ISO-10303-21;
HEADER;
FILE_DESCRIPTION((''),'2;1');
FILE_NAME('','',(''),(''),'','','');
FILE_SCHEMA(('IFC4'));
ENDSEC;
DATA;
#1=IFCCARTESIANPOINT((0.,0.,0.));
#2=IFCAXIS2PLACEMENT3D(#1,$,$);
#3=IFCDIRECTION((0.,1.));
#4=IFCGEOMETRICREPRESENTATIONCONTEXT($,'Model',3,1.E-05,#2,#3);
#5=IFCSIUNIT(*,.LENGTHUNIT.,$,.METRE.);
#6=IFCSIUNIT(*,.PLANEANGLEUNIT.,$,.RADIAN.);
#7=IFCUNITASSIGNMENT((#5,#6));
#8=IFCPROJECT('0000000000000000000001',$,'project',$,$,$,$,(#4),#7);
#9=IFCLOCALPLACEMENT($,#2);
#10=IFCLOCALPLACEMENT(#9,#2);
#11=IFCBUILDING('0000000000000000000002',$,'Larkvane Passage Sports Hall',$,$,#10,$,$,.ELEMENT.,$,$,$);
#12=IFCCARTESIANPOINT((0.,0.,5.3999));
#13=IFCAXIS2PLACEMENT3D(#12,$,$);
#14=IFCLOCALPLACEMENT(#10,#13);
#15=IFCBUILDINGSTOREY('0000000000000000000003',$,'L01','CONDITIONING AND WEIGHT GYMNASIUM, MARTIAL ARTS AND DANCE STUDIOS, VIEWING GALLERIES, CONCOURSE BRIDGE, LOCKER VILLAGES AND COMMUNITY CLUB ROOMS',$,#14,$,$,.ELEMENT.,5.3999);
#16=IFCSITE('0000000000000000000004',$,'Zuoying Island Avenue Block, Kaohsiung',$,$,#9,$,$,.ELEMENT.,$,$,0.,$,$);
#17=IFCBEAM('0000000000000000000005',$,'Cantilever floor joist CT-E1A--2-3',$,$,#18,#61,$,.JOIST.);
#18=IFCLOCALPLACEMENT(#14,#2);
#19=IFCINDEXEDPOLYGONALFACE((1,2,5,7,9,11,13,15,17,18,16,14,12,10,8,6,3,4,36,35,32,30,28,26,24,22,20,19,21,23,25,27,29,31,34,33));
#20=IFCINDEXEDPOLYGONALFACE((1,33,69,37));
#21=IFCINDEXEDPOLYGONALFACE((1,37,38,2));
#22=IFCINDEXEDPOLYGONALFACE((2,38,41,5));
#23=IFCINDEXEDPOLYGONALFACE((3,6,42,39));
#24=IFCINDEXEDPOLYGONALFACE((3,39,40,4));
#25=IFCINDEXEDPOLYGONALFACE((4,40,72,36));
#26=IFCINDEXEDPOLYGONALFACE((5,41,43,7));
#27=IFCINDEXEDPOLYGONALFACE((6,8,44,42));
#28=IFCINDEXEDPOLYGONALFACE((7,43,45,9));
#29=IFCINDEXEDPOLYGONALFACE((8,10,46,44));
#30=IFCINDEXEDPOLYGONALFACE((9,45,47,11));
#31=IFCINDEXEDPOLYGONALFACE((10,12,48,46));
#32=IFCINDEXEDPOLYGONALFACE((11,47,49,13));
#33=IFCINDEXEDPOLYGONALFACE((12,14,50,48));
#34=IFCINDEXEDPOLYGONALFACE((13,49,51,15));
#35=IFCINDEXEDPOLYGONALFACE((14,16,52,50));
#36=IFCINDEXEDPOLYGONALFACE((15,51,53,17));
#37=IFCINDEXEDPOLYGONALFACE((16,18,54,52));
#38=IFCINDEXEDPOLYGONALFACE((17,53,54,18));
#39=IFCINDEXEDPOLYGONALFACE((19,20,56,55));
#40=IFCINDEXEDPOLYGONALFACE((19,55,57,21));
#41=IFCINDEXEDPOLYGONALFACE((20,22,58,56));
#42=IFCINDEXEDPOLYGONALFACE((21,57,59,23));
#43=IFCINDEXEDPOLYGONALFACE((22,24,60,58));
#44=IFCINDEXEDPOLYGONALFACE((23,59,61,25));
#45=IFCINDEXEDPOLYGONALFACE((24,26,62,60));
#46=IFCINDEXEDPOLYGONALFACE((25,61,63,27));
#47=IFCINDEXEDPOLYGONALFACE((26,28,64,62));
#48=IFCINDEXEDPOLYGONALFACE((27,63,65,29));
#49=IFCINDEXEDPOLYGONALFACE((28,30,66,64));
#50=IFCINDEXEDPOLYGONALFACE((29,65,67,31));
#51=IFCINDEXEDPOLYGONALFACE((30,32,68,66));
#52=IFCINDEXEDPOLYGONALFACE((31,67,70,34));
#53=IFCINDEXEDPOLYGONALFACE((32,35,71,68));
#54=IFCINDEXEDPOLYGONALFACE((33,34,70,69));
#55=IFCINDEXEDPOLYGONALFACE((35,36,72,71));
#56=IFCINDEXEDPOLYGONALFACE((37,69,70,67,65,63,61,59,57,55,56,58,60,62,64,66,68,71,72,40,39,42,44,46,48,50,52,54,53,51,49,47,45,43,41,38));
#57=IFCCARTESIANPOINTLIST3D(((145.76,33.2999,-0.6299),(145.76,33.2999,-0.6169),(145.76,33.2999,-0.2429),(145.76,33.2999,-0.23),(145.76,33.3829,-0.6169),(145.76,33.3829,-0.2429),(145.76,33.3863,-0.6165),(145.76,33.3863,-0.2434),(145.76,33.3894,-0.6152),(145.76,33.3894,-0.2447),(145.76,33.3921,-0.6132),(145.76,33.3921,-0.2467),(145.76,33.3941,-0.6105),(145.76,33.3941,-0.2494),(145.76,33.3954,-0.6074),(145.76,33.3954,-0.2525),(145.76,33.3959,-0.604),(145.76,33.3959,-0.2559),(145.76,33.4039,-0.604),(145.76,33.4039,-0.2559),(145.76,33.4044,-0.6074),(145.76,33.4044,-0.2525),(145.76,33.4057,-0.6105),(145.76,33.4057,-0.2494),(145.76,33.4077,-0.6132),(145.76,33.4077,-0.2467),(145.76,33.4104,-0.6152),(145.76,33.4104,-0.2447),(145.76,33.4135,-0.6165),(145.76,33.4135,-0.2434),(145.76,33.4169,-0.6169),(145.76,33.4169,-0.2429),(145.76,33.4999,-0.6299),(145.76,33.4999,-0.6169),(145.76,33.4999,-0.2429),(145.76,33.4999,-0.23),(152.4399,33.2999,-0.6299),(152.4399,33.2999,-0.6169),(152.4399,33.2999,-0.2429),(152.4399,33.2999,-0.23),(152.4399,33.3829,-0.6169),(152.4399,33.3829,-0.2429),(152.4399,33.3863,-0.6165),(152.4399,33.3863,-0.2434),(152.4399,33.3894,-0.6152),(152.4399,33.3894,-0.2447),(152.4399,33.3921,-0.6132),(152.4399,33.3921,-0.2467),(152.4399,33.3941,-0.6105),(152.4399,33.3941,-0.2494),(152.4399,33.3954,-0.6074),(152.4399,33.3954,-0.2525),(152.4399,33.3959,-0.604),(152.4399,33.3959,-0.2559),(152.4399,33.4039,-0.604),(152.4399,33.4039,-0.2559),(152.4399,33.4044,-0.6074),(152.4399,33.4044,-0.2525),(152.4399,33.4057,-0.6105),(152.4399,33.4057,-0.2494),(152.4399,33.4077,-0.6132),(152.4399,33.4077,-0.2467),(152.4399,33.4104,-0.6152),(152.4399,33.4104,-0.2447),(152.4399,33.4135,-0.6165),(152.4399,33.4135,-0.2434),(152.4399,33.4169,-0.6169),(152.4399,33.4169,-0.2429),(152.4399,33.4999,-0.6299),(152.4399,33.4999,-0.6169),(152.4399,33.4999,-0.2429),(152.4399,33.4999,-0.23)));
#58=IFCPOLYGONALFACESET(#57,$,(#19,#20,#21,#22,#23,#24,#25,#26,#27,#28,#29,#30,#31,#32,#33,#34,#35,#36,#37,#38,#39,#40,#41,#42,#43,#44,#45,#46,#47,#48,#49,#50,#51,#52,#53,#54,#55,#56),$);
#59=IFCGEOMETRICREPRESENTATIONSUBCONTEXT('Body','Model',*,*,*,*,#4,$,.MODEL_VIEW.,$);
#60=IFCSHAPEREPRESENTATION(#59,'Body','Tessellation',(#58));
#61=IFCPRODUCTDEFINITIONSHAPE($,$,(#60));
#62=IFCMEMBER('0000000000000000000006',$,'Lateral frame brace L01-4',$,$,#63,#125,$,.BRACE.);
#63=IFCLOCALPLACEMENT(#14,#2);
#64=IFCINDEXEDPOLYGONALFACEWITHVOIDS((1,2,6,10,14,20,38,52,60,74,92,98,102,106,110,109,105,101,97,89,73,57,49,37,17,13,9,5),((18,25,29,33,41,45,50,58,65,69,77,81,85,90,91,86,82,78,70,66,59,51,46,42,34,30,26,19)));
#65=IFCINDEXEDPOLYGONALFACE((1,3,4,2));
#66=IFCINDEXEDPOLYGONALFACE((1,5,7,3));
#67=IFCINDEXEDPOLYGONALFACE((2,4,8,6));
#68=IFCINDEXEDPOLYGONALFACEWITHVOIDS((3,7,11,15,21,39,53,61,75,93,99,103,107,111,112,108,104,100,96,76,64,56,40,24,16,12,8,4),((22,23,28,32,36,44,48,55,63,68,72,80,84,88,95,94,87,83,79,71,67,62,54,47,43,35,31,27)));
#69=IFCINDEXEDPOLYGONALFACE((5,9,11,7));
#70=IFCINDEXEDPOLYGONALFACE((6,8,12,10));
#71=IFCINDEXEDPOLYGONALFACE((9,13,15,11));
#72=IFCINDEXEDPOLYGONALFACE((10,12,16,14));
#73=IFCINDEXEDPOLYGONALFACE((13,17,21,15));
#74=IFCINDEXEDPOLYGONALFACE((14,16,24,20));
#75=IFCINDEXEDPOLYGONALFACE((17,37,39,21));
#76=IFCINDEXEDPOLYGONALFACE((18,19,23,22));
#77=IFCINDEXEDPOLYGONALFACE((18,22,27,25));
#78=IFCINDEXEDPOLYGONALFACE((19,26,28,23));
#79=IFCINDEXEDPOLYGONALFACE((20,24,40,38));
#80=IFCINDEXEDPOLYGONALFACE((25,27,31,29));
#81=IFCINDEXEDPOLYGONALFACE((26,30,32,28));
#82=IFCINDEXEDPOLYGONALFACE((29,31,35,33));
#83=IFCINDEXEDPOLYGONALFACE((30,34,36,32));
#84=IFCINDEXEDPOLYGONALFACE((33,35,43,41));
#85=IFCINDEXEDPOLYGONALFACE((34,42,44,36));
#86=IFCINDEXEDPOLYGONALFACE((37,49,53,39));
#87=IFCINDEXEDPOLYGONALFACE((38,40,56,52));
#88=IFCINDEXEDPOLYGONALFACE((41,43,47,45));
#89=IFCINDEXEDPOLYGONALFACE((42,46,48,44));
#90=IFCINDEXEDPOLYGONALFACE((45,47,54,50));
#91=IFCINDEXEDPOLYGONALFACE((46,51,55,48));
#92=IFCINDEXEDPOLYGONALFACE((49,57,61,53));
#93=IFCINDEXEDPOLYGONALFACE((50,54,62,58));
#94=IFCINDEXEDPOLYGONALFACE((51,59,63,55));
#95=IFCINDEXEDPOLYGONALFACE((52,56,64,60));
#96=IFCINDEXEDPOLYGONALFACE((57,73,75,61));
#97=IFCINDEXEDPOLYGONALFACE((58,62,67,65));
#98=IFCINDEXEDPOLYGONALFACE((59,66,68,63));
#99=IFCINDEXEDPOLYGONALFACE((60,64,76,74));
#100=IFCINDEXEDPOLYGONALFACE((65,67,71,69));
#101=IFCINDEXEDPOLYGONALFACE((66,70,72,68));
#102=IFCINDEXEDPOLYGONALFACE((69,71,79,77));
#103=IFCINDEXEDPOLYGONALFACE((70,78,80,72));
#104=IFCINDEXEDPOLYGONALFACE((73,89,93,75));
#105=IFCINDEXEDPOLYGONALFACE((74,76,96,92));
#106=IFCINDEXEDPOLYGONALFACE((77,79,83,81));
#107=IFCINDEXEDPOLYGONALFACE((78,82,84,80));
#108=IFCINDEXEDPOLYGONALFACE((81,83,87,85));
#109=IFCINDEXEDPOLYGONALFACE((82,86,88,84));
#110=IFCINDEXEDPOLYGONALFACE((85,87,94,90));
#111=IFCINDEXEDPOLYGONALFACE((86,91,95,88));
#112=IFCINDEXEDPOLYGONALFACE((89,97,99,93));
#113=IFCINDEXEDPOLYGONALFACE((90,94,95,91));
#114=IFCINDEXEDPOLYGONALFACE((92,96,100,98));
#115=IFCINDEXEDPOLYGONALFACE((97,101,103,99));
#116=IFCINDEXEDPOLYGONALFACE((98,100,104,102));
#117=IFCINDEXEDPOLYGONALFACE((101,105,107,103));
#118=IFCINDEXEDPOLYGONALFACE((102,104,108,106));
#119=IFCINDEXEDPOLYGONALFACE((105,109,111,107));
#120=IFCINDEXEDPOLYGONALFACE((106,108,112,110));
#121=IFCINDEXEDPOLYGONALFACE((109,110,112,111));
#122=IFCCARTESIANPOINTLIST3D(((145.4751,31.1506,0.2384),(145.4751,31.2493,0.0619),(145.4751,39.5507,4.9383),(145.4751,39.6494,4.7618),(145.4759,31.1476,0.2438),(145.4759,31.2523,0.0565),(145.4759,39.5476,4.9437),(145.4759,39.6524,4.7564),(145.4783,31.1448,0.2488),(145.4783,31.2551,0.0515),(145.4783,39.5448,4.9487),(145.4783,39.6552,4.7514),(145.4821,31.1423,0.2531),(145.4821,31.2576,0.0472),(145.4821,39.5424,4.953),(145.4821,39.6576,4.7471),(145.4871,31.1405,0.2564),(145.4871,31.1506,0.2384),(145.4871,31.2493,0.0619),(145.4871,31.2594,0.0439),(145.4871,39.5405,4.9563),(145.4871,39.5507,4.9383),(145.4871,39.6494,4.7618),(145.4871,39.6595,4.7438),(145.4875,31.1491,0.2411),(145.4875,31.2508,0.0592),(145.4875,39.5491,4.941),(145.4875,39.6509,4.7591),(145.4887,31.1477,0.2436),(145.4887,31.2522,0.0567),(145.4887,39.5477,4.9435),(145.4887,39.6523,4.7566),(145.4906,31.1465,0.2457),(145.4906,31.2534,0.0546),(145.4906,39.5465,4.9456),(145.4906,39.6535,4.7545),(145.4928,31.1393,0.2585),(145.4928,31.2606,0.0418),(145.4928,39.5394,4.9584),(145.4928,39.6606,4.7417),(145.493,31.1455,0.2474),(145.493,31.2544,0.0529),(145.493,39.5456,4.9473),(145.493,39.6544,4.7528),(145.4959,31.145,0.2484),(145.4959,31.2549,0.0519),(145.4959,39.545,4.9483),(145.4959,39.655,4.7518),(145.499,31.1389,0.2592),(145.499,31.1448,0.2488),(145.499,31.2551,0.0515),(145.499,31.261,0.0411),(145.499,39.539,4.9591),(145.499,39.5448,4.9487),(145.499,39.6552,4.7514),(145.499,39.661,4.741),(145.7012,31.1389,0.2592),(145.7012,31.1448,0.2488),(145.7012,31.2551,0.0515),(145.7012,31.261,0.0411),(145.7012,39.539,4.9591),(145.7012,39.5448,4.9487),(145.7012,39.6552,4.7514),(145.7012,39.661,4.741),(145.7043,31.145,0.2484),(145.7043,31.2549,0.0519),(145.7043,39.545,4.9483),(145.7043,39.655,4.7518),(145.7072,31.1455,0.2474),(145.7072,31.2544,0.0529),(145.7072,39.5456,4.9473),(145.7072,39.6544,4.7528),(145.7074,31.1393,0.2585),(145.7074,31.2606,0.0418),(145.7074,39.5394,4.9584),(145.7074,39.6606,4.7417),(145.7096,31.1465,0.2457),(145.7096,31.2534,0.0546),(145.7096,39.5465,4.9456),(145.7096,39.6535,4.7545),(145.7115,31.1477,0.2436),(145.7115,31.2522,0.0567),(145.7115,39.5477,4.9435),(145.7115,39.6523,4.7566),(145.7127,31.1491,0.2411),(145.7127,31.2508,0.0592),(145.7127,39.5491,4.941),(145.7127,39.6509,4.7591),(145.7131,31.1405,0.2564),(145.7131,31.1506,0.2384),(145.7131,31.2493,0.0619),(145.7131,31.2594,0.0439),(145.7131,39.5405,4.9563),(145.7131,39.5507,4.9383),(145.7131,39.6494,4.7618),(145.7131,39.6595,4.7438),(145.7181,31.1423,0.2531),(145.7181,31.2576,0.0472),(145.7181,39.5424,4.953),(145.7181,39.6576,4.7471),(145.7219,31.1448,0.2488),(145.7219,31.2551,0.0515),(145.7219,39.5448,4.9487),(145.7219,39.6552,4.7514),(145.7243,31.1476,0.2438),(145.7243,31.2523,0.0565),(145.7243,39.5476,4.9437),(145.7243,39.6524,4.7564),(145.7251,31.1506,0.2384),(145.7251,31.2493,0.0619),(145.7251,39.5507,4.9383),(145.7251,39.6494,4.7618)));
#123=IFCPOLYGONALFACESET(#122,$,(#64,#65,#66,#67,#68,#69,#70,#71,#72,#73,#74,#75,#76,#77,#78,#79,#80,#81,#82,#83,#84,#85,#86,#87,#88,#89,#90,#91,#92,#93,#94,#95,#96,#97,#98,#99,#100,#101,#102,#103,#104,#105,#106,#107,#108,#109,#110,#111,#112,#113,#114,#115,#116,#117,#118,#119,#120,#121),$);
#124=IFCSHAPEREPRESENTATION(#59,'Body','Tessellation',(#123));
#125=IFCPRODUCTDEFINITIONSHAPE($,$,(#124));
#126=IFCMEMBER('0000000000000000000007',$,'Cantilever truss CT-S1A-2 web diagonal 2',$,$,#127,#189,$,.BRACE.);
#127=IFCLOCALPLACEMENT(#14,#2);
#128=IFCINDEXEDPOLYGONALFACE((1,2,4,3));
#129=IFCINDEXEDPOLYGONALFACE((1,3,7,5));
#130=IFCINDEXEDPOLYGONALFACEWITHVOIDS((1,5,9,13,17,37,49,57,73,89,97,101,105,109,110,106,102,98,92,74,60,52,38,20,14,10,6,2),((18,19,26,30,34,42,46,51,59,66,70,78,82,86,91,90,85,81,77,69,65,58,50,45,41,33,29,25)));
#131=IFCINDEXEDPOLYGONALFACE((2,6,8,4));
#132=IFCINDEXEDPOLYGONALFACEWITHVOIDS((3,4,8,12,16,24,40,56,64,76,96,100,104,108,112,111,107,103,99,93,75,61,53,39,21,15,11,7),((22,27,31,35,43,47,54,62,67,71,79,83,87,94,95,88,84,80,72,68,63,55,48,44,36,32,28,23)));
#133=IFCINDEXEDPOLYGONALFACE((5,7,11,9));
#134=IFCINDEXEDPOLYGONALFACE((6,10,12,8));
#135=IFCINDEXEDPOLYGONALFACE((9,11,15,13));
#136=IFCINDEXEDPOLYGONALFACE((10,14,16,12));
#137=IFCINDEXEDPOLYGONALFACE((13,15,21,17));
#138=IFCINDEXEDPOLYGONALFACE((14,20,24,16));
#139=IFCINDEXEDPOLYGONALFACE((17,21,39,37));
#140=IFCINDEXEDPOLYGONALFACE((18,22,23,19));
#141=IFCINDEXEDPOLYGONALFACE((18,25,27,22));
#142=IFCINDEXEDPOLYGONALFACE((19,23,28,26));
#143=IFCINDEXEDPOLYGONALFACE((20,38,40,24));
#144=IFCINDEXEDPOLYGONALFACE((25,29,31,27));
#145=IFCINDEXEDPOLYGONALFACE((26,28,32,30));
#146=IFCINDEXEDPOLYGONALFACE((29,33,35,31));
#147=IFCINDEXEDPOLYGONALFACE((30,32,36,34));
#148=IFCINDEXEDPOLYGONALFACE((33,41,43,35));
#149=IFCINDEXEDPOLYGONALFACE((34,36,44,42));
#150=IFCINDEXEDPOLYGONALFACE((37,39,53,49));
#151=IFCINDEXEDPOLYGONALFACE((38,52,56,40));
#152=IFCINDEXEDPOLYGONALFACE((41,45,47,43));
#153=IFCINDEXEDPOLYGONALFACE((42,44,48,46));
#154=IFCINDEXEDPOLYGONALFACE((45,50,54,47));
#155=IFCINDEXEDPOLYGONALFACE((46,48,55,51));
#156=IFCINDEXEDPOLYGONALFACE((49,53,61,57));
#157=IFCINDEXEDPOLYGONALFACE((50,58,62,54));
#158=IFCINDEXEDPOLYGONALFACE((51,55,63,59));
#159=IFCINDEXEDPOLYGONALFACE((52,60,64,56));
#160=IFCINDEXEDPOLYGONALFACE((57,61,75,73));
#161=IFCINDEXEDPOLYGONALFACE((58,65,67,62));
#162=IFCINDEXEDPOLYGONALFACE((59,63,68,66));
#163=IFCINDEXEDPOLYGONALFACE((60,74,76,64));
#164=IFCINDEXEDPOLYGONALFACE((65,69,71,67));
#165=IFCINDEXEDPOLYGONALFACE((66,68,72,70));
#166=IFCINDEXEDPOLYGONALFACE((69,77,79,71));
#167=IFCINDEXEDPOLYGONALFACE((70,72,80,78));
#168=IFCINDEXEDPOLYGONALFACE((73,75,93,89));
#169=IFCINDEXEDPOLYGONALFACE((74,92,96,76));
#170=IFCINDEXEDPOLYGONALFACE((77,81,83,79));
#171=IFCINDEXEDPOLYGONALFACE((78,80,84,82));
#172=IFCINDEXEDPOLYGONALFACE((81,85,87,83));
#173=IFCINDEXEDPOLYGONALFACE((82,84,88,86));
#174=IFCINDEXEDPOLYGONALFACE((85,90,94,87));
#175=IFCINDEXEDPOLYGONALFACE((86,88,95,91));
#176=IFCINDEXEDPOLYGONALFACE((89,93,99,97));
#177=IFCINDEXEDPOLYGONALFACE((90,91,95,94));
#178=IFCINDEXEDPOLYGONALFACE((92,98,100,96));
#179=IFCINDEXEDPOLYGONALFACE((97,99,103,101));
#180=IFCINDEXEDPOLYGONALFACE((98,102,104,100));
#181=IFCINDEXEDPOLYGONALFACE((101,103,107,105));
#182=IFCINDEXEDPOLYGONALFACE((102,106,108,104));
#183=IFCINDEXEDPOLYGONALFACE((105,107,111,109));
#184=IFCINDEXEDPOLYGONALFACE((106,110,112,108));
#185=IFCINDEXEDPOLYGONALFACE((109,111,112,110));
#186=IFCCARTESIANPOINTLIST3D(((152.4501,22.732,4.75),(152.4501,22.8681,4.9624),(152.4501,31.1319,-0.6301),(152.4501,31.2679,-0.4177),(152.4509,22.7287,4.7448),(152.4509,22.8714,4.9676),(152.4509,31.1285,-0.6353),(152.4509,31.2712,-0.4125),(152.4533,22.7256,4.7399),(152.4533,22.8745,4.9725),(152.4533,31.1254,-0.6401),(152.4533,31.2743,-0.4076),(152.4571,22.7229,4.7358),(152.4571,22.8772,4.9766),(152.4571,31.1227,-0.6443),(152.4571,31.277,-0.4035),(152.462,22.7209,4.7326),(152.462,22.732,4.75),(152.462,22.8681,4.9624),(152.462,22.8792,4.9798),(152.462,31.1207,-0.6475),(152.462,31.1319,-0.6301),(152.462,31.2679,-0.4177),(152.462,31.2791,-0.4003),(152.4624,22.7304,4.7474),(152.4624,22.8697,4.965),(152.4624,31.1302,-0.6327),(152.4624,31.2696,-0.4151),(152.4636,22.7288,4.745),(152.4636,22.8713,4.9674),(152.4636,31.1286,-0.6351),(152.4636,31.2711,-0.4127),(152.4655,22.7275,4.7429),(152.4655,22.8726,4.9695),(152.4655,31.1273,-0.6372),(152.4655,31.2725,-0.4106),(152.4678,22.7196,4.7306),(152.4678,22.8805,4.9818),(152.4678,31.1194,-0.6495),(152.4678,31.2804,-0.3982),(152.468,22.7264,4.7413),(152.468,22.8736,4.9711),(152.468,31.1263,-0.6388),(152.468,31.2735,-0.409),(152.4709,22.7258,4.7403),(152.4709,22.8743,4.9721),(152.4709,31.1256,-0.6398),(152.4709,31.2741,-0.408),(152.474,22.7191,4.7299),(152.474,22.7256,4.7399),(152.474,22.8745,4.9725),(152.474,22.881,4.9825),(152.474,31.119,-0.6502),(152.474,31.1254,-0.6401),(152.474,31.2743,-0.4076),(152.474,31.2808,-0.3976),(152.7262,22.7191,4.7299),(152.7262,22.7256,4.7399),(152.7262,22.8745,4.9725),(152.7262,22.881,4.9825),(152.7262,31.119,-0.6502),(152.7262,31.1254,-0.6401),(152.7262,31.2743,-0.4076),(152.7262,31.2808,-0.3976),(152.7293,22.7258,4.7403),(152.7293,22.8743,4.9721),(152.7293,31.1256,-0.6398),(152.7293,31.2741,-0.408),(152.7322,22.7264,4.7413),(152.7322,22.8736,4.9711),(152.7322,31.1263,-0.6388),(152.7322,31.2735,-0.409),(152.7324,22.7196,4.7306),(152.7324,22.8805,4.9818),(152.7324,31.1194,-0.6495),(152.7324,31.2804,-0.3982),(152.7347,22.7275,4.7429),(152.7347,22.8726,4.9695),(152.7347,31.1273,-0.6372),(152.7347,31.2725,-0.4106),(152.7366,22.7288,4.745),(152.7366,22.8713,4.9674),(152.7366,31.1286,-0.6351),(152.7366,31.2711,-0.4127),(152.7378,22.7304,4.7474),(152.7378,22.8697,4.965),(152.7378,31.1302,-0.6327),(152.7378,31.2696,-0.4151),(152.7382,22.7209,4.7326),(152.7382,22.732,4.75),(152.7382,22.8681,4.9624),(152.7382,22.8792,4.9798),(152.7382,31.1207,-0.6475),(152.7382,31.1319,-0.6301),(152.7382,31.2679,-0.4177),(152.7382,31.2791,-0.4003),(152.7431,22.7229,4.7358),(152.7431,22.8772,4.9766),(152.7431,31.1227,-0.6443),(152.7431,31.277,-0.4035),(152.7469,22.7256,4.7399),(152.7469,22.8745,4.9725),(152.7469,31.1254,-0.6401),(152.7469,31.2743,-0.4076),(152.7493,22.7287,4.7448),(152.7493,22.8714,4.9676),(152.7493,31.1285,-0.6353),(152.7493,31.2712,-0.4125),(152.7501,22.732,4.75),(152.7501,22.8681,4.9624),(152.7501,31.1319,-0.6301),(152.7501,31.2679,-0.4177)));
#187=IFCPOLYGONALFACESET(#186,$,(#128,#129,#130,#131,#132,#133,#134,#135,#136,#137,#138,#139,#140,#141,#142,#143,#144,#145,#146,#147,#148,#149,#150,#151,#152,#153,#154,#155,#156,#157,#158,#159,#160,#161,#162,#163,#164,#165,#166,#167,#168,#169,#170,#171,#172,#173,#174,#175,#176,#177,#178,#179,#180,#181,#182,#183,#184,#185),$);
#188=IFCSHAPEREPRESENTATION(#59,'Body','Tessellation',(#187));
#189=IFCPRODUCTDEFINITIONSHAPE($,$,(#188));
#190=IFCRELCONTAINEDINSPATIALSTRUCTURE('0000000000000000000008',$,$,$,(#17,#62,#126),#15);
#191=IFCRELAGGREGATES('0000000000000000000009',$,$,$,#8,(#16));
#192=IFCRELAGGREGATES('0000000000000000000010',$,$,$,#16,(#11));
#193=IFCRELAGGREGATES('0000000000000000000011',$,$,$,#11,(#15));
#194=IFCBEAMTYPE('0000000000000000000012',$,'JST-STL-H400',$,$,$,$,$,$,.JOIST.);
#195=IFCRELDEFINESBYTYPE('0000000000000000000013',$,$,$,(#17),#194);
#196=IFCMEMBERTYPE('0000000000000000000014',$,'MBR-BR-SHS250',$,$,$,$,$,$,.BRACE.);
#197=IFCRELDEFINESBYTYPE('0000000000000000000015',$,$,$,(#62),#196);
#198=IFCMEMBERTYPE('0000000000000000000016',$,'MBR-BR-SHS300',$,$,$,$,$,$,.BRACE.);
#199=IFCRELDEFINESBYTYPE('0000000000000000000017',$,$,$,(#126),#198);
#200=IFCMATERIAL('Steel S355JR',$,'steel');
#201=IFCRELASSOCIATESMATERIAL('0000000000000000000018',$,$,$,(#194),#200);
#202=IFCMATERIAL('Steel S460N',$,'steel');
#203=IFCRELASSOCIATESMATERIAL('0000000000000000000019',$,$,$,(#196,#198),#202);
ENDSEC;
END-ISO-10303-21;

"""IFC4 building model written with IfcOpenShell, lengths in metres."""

from ifc_helpers import new_model, si_unit, direction, frame, origin, origin_2d, place, context, subcontext, project, spatial, hollow_rectangle, i_section, extrude, material, material_profile, profile_set, type_object, element, save


model = new_model("IFC4")

# Units and contexts
model_context = context("Model", 3, precision=1e-05, world=origin(), true_north=direction((0.0, 1.0)))
body_context = subcontext(model_context, "Body", "Model", "MODEL_VIEW")
ifc_project = project(units=[si_unit("LENGTHUNIT", "METRE"), si_unit("PLANEANGLEUNIT", "RADIAN")], contexts=[model_context])

# Site, building, storey
site_placement = place(None, origin())
site = spatial("IfcSite", under=ifc_project, at=site_placement, Name="Zuoying Island Avenue Block, Kaohsiung", CompositionType="ELEMENT", RefElevation=0.0)
building_placement = place(site_placement, origin())
building = spatial("IfcBuilding", under=site, at=building_placement, Name="Larkvane Passage Sports Hall", CompositionType="ELEMENT")
storey_placement = place(building_placement, frame((0.0, 0.0, 5.3999)))
storey = spatial("IfcBuildingStorey", under=building, at=storey_placement, Name="L01", Description="CONDITIONING AND WEIGHT GYMNASIUM, MARTIAL ARTS AND DANCE STUDIOS, VIEWING GALLERIES, CONCOURSE BRIDGE, LOCKER VILLAGES AND COMMUNITY CLUB ROOMS", CompositionType="ELEMENT", Elevation=5.3999)

# Shared definitions
ifc_material_1 = material(Name="Steel S460N", Category="steel")

# Shared definitions
ifc_material_2 = material(Name="Steel S355JR", Category="steel")

# Beam
ifc_material_profile_1 = material_profile(ifc_material_2, i_section(OverallWidth=0.2, OverallDepth=0.3999, WebThickness=0.0081, FlangeThickness=0.0129, FilletRadius=0.0129, at=origin_2d()), Name="H-400x200x8x13")
ifc_profile_set_1 = profile_set([ifc_material_profile_1], Name="Steel S355JR")
beam_type_1 = type_object("IfcBeamType", Name="JST-STL-H400", PredefinedType="JOIST", material=ifc_profile_set_1)
beam_1_placement = place(storey_placement, frame((145.76, 33.3999, -0.4299), z_axis=(1.0, 0.0, 0.0), x_axis=(0.0, 1.0, 0.0)))
element("IfcBeam", 1, at=beam_1_placement, inside=storey, type_object=beam_type_1, Name="Cantilever floor joist CT-E1A--2-3", PredefinedType="JOIST", context=body_context, shape_type="SweptSolid", body=[
    extrude(i_section(OverallWidth=0.2, OverallDepth=0.3999, WebThickness=0.0081, FlangeThickness=0.0129, FilletRadius=0.0129, at=origin_2d()), origin(), (0.0, 0.0, 1.0), 6.6799),
])

# Members
ifc_material_profile_2 = material_profile(ifc_material_1, hollow_rectangle(XDim=0.25, YDim=0.25, WallThickness=0.012, InnerFilletRadius=0.012, OuterFilletRadius=0.0239, at=origin_2d()), Name="SHS-250x250x12")
ifc_profile_set_2 = profile_set([ifc_material_profile_2], Name="Steel S460N")
member_type_1 = type_object("IfcMemberType", Name="MBR-BR-SHS250", PredefinedType="BRACE", material=ifc_profile_set_2)
member_1_placement = place(storey_placement, frame((145.6001, 31.2, 0.1501), z_axis=(0.0, 0.872689, 0.488277), x_axis=(-1.0, 0.0, 0.0)))
element("IfcMember", 2, at=member_1_placement, inside=storey, type_object=member_type_1, Name="Lateral frame brace L01-4", PredefinedType="BRACE", context=body_context, shape_type="SweptSolid", body=[
    extrude(hollow_rectangle(XDim=0.25, YDim=0.25, WallThickness=0.012, InnerFilletRadius=0.012, OuterFilletRadius=0.0239, at=origin_2d()), origin(), (0.0, 0.0, 1.0), 9.6255),
])
ifc_material_profile_3 = material_profile(ifc_material_1, hollow_rectangle(XDim=0.3, YDim=0.3, WallThickness=0.012, InnerFilletRadius=0.012, OuterFilletRadius=0.0239, at=origin_2d()), Name="SHS-300x300x12")
ifc_profile_set_3 = profile_set([ifc_material_profile_3], Name="Steel S460N")
member_type_2 = type_object("IfcMemberType", Name="MBR-BR-SHS300", PredefinedType="BRACE", material=ifc_profile_set_3)
member_2_placement = place(storey_placement, frame((152.6001, 22.8, 4.8562), z_axis=(0.0, 0.842081, -0.539352), x_axis=(-1.0, 0.0, 0.0)))
element("IfcMember", 3, at=member_2_placement, inside=storey, type_object=member_type_2, Name="Cantilever truss CT-S1A-2 web diagonal 2", PredefinedType="BRACE", context=body_context, shape_type="SweptSolid", body=[
    extrude(hollow_rectangle(XDim=0.3, YDim=0.3, WallThickness=0.012, InnerFilletRadius=0.012, OuterFilletRadius=0.0239, at=origin_2d()), origin(), (0.0, 0.0, 1.0), 9.9751),
])

save(model, "model.ifc")
